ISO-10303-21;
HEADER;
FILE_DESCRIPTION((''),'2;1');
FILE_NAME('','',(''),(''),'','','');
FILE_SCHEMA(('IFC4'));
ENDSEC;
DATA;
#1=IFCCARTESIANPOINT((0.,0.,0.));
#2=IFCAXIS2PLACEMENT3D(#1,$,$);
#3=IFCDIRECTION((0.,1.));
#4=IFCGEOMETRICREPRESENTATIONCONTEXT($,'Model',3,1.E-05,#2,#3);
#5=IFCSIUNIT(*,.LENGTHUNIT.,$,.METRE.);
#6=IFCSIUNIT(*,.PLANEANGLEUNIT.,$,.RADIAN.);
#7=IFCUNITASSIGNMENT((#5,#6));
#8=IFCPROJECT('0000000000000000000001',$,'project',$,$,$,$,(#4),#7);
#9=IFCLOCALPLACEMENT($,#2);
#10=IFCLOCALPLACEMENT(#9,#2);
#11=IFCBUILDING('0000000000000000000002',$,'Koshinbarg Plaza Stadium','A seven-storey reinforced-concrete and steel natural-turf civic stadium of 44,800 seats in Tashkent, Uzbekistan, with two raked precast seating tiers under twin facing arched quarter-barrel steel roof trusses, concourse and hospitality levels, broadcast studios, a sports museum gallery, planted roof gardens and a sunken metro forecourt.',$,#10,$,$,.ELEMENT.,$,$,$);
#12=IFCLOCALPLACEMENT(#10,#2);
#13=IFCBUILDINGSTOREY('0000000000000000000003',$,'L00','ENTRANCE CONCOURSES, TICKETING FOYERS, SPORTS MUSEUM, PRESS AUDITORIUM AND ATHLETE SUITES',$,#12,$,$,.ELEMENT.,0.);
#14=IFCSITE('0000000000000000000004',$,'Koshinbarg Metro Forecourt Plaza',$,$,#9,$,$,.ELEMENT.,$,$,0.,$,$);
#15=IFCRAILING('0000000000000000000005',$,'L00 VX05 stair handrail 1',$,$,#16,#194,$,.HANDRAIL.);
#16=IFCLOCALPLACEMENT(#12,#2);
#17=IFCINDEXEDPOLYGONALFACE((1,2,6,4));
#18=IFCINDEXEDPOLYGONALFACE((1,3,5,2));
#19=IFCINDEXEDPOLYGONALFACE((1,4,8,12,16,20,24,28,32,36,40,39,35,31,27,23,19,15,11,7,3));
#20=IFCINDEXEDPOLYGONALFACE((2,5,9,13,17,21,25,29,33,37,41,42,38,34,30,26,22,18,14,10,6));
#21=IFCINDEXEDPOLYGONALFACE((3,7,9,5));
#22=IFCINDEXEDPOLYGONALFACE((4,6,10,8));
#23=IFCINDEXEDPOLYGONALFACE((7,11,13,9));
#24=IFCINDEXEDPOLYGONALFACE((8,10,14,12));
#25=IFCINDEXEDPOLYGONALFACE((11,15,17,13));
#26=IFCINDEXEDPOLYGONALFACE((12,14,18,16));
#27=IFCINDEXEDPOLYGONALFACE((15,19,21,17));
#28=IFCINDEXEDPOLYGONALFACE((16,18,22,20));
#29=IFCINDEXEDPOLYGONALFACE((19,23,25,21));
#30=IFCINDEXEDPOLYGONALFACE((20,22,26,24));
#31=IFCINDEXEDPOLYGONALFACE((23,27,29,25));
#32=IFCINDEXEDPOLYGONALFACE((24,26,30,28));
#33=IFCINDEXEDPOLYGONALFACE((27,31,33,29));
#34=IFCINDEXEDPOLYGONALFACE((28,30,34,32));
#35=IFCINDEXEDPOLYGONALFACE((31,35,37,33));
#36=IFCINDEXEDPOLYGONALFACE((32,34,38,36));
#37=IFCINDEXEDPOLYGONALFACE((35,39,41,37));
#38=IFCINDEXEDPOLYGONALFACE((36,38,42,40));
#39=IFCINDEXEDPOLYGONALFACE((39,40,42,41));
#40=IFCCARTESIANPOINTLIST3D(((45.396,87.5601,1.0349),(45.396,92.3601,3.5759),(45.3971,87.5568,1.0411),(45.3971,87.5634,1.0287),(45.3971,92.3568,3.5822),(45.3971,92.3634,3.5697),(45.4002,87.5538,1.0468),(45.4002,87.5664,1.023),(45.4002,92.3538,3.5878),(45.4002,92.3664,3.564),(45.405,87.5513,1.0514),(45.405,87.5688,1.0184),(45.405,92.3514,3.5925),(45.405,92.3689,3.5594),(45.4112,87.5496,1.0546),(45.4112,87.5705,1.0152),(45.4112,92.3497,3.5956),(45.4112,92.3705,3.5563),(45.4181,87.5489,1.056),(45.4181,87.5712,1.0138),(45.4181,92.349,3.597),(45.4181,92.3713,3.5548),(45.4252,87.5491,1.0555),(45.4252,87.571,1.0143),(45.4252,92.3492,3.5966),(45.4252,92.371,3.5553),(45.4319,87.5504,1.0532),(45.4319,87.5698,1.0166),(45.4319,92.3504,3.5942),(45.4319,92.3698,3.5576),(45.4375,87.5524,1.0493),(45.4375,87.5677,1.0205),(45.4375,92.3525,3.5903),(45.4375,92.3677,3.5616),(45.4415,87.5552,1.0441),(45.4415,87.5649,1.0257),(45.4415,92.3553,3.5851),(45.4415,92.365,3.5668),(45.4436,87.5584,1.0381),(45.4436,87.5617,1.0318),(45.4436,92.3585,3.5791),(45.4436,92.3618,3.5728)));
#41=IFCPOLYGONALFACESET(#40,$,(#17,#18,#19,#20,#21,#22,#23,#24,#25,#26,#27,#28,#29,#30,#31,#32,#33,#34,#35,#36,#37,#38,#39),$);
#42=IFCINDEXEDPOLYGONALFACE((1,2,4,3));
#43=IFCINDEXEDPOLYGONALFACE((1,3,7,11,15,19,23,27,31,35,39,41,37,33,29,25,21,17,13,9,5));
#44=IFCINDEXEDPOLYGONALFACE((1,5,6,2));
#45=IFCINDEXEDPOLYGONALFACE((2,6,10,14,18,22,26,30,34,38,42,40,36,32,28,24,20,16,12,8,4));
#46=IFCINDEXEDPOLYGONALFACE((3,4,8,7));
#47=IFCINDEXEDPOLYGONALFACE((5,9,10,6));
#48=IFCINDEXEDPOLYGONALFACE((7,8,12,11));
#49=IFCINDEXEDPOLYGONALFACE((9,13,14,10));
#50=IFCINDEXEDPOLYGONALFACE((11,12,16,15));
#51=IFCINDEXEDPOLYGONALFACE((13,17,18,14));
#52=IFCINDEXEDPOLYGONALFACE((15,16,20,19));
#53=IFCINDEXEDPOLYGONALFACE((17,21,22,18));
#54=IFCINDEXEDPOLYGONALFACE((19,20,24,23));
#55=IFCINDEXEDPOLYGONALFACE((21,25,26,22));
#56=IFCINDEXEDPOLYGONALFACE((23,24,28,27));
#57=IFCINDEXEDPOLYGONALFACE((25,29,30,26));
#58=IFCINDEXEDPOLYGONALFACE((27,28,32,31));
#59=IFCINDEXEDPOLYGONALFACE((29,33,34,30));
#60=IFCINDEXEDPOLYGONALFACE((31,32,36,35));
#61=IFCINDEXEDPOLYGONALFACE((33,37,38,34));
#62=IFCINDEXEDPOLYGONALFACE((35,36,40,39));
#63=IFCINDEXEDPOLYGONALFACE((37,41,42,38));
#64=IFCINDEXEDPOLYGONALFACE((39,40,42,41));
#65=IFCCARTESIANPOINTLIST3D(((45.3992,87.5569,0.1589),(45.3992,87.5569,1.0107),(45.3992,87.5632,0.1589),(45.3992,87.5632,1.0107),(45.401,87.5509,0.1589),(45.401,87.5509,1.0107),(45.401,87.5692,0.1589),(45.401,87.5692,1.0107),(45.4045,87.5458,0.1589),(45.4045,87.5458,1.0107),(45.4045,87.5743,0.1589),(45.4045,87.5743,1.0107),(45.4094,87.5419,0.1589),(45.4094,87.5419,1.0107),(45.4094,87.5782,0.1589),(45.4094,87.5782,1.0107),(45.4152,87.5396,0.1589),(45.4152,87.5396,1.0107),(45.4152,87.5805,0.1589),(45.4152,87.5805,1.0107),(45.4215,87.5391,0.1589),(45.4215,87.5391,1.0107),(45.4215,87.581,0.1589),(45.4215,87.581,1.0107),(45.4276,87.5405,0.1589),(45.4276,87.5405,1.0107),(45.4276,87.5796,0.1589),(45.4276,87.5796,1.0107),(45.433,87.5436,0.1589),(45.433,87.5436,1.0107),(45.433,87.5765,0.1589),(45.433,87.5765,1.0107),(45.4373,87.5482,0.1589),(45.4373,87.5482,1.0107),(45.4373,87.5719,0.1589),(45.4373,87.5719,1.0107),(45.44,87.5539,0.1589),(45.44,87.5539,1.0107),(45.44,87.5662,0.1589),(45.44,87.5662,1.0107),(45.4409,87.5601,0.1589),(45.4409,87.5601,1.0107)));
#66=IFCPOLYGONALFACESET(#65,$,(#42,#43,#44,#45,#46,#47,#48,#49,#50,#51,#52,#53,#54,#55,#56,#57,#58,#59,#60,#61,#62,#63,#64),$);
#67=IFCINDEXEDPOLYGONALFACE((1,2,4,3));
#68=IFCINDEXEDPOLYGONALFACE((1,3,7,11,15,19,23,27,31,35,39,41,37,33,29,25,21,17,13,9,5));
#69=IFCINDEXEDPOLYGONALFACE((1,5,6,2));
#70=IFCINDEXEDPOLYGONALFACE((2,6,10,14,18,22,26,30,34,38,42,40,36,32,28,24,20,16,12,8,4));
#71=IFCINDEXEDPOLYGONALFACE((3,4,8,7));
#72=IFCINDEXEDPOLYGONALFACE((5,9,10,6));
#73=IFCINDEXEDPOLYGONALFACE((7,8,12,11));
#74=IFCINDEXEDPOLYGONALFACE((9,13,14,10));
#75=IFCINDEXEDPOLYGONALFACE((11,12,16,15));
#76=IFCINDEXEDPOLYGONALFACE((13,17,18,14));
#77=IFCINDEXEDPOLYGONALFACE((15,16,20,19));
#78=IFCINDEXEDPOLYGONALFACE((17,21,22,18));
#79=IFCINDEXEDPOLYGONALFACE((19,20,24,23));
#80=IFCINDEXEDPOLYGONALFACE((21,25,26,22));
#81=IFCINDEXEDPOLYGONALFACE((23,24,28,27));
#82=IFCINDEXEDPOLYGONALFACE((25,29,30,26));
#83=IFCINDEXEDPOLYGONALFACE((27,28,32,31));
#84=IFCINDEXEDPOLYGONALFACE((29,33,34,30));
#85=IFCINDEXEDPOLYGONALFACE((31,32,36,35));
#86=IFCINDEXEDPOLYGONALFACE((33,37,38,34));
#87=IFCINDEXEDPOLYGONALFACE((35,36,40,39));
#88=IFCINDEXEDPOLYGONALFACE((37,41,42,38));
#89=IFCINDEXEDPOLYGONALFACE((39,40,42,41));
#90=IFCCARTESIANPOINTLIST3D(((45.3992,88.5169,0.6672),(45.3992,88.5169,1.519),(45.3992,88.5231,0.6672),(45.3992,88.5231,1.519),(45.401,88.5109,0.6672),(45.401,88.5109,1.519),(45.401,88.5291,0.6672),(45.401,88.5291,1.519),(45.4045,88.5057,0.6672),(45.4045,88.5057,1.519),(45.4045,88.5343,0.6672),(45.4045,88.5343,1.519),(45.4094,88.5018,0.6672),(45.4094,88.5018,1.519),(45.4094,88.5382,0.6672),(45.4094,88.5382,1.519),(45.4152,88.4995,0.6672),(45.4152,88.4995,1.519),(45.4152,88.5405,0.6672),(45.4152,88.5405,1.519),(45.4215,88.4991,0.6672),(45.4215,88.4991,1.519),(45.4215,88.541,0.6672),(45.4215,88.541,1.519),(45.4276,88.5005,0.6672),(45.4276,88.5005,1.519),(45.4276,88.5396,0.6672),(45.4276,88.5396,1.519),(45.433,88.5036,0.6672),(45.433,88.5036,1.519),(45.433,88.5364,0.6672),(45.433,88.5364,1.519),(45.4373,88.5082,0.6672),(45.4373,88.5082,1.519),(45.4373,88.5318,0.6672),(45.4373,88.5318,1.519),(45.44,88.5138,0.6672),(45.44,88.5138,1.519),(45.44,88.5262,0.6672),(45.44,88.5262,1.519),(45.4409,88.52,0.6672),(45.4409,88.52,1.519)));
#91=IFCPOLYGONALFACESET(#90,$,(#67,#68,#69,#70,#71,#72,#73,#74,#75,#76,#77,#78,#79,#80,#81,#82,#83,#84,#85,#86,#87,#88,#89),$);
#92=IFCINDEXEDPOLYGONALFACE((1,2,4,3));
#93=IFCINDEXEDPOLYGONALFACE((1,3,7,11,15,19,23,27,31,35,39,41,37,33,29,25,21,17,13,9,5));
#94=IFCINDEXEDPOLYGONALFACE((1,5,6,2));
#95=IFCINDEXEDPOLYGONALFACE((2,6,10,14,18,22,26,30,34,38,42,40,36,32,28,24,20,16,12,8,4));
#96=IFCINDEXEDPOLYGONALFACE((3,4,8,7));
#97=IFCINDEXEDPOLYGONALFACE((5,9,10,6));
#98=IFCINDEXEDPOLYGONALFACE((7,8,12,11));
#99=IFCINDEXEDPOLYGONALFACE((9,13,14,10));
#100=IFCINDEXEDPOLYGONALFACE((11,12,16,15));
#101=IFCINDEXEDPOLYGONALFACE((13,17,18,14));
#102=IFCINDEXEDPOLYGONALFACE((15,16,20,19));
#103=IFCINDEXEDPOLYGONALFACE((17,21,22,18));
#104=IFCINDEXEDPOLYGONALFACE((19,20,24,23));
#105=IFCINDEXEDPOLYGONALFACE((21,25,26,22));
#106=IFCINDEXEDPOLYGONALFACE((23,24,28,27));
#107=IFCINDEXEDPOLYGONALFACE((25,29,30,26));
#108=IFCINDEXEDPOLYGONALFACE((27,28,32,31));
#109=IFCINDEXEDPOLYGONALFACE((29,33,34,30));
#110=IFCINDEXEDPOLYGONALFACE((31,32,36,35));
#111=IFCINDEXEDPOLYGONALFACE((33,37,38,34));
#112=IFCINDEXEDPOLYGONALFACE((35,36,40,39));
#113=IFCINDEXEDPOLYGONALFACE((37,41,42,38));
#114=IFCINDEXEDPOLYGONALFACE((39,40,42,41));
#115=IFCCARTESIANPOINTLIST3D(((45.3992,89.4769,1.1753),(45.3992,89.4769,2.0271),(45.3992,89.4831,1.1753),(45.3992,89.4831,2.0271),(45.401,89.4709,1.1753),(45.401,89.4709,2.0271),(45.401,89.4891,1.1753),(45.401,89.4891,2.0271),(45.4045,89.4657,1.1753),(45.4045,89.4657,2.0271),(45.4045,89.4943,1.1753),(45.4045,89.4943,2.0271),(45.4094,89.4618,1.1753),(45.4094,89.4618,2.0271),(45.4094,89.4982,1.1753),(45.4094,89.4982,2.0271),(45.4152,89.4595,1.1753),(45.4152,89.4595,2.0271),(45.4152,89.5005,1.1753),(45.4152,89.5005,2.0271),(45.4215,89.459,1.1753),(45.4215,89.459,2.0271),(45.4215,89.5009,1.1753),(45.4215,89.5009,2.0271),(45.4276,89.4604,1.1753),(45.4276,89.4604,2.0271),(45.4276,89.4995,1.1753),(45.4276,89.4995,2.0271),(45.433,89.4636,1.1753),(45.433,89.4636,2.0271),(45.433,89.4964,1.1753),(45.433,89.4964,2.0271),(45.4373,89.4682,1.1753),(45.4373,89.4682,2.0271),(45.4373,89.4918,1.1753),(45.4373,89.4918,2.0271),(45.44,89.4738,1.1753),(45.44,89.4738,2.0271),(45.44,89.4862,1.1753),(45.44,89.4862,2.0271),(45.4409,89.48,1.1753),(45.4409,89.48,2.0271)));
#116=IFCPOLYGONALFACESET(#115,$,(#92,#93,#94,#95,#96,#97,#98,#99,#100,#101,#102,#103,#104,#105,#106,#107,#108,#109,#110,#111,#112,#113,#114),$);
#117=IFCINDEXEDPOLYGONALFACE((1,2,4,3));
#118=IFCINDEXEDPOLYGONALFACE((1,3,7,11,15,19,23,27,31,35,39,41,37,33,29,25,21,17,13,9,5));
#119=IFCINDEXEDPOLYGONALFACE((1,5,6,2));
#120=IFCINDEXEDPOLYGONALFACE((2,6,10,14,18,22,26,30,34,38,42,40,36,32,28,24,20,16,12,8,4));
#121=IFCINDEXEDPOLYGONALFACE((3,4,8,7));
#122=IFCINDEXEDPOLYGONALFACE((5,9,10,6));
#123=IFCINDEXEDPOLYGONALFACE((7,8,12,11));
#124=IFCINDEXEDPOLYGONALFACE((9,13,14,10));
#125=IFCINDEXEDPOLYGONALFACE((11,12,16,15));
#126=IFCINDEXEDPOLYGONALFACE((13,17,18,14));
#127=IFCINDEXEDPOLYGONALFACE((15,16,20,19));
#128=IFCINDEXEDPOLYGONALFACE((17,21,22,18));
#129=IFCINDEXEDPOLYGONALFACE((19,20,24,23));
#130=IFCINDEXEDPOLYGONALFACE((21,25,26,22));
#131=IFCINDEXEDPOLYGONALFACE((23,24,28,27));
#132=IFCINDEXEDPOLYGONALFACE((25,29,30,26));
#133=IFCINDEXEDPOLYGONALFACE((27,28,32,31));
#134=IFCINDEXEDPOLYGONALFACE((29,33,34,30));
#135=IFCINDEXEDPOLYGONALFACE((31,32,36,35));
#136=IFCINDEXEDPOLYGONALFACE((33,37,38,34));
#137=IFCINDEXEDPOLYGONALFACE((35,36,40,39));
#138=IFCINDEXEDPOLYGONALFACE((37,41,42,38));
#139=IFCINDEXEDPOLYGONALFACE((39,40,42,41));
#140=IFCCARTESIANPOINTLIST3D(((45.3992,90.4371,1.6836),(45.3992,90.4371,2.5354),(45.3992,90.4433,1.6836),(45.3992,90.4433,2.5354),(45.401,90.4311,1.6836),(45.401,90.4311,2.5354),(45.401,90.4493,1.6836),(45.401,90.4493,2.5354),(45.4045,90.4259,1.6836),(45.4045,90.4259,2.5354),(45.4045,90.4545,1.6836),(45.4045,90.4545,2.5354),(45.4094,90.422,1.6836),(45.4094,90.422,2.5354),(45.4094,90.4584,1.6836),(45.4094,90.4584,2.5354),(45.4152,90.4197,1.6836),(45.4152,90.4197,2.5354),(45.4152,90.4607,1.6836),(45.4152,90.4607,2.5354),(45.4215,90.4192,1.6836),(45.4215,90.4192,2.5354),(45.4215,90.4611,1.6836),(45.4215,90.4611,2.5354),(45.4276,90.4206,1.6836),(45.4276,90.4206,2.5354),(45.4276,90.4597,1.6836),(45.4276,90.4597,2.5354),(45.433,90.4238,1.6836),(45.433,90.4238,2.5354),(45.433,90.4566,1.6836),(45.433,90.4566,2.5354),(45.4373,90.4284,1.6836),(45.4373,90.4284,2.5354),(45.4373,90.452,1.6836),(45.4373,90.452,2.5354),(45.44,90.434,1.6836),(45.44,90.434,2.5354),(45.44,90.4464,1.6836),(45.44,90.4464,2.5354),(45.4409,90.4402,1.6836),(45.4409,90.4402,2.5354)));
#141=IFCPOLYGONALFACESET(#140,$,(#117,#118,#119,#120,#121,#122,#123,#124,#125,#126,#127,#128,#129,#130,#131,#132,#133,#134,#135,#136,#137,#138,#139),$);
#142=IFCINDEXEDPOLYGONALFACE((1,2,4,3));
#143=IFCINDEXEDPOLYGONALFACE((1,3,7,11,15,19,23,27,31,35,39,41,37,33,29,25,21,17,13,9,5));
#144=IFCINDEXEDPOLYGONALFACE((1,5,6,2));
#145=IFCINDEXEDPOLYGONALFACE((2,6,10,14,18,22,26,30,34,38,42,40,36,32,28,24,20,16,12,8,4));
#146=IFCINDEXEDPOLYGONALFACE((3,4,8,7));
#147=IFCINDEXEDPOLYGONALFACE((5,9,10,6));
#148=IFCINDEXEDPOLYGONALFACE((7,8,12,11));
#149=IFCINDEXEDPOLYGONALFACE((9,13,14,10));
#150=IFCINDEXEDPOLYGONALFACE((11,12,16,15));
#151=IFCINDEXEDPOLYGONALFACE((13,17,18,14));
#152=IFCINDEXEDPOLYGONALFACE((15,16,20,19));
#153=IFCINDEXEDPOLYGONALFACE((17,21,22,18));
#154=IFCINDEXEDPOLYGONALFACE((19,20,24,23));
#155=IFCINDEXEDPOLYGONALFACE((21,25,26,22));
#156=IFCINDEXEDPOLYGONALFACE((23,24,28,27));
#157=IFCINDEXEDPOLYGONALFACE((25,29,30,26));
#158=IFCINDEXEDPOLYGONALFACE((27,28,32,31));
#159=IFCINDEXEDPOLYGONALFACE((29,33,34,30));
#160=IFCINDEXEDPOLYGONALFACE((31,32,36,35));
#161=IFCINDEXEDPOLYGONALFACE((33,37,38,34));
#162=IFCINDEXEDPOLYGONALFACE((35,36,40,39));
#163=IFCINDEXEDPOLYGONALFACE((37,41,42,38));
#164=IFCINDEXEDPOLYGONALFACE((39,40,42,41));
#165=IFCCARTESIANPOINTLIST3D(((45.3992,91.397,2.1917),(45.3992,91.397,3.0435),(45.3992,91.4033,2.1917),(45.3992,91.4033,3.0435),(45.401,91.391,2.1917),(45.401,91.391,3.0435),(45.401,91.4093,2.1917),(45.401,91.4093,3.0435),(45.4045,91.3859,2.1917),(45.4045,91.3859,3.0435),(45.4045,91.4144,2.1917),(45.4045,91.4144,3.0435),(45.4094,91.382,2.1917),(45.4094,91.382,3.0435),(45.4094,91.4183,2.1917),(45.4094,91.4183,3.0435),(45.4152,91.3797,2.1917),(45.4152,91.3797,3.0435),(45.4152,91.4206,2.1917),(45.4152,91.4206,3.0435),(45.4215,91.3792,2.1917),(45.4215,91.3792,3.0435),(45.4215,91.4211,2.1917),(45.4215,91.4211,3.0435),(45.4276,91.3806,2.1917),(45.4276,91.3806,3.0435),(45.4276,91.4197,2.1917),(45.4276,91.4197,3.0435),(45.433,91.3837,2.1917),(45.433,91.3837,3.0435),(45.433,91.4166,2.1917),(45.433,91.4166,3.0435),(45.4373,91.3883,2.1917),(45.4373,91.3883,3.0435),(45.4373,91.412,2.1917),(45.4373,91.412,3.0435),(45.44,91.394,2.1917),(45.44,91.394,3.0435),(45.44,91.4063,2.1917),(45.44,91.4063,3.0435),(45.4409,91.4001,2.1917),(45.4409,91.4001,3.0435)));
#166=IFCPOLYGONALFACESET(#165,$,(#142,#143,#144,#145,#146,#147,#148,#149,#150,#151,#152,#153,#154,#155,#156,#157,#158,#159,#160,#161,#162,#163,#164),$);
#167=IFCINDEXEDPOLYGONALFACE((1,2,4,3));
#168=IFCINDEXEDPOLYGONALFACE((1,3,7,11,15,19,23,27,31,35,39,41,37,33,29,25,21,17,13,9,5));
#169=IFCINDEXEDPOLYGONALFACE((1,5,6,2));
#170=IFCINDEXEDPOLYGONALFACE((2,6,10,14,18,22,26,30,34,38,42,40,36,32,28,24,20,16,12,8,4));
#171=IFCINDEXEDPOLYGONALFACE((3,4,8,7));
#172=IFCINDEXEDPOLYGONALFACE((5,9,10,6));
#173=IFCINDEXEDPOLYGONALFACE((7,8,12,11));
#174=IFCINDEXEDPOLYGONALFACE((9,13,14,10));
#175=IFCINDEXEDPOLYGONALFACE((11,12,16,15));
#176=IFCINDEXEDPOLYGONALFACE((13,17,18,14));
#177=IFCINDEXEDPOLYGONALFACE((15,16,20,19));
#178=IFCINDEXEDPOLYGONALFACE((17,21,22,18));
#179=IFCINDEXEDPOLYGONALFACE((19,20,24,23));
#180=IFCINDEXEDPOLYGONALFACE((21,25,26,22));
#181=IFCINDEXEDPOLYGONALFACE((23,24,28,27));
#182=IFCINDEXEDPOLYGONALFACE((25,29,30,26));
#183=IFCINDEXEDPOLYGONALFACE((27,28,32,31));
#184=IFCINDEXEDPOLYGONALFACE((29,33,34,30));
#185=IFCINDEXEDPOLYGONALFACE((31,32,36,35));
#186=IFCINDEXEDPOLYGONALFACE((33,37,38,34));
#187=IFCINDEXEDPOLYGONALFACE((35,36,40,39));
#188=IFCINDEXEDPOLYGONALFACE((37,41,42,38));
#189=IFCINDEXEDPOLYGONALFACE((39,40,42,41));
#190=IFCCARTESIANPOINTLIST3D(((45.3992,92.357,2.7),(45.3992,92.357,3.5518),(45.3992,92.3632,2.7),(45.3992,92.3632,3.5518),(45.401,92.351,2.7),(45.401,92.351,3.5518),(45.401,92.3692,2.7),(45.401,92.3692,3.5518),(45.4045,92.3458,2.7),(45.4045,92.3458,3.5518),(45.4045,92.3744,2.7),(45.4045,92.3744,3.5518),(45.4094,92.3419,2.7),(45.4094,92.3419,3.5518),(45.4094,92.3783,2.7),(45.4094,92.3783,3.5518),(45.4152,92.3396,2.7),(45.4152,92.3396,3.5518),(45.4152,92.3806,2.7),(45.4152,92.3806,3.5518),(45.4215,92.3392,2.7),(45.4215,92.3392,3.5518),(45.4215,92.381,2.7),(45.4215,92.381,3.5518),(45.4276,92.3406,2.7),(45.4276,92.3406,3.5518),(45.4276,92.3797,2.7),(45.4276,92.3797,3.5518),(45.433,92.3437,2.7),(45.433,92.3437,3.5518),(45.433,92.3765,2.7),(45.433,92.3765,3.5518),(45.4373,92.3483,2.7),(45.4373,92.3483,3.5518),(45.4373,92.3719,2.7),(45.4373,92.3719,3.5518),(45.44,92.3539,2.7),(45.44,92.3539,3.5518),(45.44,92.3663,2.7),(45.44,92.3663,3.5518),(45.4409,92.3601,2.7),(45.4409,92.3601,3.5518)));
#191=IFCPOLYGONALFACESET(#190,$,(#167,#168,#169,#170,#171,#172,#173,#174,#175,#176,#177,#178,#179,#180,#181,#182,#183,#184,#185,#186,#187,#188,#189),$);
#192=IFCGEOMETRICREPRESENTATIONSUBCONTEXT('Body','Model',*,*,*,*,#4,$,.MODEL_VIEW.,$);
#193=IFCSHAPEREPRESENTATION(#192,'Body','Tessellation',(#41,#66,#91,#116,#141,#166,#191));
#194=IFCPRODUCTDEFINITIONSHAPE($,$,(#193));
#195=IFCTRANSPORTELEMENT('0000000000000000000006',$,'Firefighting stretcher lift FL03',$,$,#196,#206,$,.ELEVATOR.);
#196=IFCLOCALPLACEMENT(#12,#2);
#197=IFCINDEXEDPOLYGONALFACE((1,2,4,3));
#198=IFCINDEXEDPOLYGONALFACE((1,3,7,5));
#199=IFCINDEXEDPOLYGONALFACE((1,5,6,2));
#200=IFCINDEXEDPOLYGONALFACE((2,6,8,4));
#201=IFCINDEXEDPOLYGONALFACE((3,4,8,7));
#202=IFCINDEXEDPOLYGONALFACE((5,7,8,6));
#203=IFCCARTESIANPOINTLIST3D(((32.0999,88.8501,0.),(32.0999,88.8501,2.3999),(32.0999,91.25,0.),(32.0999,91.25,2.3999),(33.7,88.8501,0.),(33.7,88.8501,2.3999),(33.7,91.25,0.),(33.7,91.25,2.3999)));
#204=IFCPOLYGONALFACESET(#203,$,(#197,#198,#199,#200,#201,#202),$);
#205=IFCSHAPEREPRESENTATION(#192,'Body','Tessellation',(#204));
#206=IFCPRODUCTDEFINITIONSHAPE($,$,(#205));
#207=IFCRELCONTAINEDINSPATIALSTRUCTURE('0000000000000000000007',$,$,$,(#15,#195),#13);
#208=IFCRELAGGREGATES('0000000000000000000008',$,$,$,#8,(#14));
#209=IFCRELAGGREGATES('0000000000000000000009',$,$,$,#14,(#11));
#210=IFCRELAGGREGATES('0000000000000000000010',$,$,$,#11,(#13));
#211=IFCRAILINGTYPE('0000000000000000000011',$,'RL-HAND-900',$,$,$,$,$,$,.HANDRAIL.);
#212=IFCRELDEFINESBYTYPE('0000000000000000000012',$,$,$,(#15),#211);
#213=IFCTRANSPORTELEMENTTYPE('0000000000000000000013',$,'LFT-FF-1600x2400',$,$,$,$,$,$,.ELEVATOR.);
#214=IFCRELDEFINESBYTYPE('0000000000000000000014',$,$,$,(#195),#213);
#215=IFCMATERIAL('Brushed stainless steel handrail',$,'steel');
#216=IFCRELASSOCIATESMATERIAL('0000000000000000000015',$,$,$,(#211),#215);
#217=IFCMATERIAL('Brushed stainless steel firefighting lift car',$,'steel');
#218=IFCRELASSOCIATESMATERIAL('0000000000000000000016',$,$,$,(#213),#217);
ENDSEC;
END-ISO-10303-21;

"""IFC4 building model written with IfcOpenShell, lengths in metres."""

from ifc_helpers import new_model, si_unit, direction, frame, origin, origin_2d, place, context, subcontext, project, spatial, rectangle, circle, extrude, material, type_object, element, save


model = new_model("IFC4")

# Units and contexts
model_context = context("Model", 3, precision=1e-05, world=origin(), true_north=direction((0.0, 1.0)))
body_context = subcontext(model_context, "Body", "Model", "MODEL_VIEW")
ifc_project = project(units=[si_unit("LENGTHUNIT", "METRE"), si_unit("PLANEANGLEUNIT", "RADIAN")], contexts=[model_context])

# Site, building, storey
site_placement = place(None, origin())
site = spatial("IfcSite", under=ifc_project, at=site_placement, Name="Koshinbarg Metro Forecourt Plaza", CompositionType="ELEMENT", RefElevation=0.0)
building_placement = place(site_placement, origin())
building = spatial("IfcBuilding", under=site, at=building_placement, Name="Koshinbarg Plaza Stadium", Description="A seven-storey reinforced-concrete and steel natural-turf civic stadium of 44,800 seats in Tashkent, Uzbekistan, with two raked precast seating tiers under twin facing arched quarter-barrel steel roof trusses, concourse and hospitality levels, broadcast studios, a sports museum gallery, planted roof gardens and a sunken metro forecourt.", CompositionType="ELEMENT")
storey_placement = place(building_placement, origin())
storey = spatial("IfcBuildingStorey", under=building, at=storey_placement, Name="L00", Description="ENTRANCE CONCOURSES, TICKETING FOYERS, SPORTS MUSEUM, PRESS AUDITORIUM AND ATHLETE SUITES", CompositionType="ELEMENT", Elevation=0.0)

# Railing
ifc_material_1 = material(Name="Brushed stainless steel handrail", Category="steel")
railing_type_1 = type_object("IfcRailingType", Name="RL-HAND-900", PredefinedType="HANDRAIL", material=ifc_material_1)
railing_1_placement = place(storey_placement, frame((45.4199, 87.5601, 0.1589)))
element("IfcRailing", 1, at=railing_1_placement, inside=storey, type_object=railing_type_1, Name="L00 VX05 stair handrail 1", PredefinedType="HANDRAIL", context=body_context, shape_type="SweptSolid", body=[
    extrude(circle(Radius=0.0239, at=origin_2d()), frame((0.0, 0.0, 0.876), z_axis=(0.0, 0.883802, 0.467861), x_axis=(-1.0, 0.0, 0.0)), (0.0, 0.0, 1.0), 5.4312),
    extrude(circle(Radius=0.021, at=origin_2d()), origin(), (0.0, 0.0, 1.0), 0.8518),
    extrude(circle(Radius=0.021, at=origin_2d()), frame((0.0, 0.96, 0.5083)), (0.0, 0.0, 1.0), 0.8518),
    extrude(circle(Radius=0.021, at=origin_2d()), frame((0.0, 1.9199, 1.0164)), (0.0, 0.0, 1.0), 0.8518),
    extrude(circle(Radius=0.021, at=origin_2d()), frame((0.0, 2.8801, 1.5247)), (0.0, 0.0, 1.0), 0.8518),
    extrude(circle(Radius=0.021, at=origin_2d()), frame((0.0, 3.8401, 2.0327)), (0.0, 0.0, 1.0), 0.8518),
    extrude(circle(Radius=0.021, at=origin_2d()), frame((0.0, 4.8, 2.541)), (0.0, 0.0, 1.0), 0.8518),
])

# Transport element
ifc_material_2 = material(Name="Brushed stainless steel firefighting lift car", Category="steel")
transport_element_type = type_object("IfcTransportElementType", Name="LFT-FF-1600x2400", PredefinedType="ELEVATOR", material=ifc_material_2)
transport_element_placement = place(storey_placement, frame((32.8999, 90.05, 0.0), z_axis=(0.0, 0.0, 1.0), x_axis=(1.0, 0.0, 0.0)))
element("IfcTransportElement", 2, at=transport_element_placement, inside=storey, type_object=transport_element_type, Name="Firefighting stretcher lift FL03", PredefinedType="ELEVATOR", context=body_context, shape_type="SweptSolid", body=[
    extrude(rectangle(XDim=1.6001, YDim=2.3999, at=origin_2d()), origin(), (0.0, 0.0, 1.0), 2.3999),
])

save(model, "model.ifc")
